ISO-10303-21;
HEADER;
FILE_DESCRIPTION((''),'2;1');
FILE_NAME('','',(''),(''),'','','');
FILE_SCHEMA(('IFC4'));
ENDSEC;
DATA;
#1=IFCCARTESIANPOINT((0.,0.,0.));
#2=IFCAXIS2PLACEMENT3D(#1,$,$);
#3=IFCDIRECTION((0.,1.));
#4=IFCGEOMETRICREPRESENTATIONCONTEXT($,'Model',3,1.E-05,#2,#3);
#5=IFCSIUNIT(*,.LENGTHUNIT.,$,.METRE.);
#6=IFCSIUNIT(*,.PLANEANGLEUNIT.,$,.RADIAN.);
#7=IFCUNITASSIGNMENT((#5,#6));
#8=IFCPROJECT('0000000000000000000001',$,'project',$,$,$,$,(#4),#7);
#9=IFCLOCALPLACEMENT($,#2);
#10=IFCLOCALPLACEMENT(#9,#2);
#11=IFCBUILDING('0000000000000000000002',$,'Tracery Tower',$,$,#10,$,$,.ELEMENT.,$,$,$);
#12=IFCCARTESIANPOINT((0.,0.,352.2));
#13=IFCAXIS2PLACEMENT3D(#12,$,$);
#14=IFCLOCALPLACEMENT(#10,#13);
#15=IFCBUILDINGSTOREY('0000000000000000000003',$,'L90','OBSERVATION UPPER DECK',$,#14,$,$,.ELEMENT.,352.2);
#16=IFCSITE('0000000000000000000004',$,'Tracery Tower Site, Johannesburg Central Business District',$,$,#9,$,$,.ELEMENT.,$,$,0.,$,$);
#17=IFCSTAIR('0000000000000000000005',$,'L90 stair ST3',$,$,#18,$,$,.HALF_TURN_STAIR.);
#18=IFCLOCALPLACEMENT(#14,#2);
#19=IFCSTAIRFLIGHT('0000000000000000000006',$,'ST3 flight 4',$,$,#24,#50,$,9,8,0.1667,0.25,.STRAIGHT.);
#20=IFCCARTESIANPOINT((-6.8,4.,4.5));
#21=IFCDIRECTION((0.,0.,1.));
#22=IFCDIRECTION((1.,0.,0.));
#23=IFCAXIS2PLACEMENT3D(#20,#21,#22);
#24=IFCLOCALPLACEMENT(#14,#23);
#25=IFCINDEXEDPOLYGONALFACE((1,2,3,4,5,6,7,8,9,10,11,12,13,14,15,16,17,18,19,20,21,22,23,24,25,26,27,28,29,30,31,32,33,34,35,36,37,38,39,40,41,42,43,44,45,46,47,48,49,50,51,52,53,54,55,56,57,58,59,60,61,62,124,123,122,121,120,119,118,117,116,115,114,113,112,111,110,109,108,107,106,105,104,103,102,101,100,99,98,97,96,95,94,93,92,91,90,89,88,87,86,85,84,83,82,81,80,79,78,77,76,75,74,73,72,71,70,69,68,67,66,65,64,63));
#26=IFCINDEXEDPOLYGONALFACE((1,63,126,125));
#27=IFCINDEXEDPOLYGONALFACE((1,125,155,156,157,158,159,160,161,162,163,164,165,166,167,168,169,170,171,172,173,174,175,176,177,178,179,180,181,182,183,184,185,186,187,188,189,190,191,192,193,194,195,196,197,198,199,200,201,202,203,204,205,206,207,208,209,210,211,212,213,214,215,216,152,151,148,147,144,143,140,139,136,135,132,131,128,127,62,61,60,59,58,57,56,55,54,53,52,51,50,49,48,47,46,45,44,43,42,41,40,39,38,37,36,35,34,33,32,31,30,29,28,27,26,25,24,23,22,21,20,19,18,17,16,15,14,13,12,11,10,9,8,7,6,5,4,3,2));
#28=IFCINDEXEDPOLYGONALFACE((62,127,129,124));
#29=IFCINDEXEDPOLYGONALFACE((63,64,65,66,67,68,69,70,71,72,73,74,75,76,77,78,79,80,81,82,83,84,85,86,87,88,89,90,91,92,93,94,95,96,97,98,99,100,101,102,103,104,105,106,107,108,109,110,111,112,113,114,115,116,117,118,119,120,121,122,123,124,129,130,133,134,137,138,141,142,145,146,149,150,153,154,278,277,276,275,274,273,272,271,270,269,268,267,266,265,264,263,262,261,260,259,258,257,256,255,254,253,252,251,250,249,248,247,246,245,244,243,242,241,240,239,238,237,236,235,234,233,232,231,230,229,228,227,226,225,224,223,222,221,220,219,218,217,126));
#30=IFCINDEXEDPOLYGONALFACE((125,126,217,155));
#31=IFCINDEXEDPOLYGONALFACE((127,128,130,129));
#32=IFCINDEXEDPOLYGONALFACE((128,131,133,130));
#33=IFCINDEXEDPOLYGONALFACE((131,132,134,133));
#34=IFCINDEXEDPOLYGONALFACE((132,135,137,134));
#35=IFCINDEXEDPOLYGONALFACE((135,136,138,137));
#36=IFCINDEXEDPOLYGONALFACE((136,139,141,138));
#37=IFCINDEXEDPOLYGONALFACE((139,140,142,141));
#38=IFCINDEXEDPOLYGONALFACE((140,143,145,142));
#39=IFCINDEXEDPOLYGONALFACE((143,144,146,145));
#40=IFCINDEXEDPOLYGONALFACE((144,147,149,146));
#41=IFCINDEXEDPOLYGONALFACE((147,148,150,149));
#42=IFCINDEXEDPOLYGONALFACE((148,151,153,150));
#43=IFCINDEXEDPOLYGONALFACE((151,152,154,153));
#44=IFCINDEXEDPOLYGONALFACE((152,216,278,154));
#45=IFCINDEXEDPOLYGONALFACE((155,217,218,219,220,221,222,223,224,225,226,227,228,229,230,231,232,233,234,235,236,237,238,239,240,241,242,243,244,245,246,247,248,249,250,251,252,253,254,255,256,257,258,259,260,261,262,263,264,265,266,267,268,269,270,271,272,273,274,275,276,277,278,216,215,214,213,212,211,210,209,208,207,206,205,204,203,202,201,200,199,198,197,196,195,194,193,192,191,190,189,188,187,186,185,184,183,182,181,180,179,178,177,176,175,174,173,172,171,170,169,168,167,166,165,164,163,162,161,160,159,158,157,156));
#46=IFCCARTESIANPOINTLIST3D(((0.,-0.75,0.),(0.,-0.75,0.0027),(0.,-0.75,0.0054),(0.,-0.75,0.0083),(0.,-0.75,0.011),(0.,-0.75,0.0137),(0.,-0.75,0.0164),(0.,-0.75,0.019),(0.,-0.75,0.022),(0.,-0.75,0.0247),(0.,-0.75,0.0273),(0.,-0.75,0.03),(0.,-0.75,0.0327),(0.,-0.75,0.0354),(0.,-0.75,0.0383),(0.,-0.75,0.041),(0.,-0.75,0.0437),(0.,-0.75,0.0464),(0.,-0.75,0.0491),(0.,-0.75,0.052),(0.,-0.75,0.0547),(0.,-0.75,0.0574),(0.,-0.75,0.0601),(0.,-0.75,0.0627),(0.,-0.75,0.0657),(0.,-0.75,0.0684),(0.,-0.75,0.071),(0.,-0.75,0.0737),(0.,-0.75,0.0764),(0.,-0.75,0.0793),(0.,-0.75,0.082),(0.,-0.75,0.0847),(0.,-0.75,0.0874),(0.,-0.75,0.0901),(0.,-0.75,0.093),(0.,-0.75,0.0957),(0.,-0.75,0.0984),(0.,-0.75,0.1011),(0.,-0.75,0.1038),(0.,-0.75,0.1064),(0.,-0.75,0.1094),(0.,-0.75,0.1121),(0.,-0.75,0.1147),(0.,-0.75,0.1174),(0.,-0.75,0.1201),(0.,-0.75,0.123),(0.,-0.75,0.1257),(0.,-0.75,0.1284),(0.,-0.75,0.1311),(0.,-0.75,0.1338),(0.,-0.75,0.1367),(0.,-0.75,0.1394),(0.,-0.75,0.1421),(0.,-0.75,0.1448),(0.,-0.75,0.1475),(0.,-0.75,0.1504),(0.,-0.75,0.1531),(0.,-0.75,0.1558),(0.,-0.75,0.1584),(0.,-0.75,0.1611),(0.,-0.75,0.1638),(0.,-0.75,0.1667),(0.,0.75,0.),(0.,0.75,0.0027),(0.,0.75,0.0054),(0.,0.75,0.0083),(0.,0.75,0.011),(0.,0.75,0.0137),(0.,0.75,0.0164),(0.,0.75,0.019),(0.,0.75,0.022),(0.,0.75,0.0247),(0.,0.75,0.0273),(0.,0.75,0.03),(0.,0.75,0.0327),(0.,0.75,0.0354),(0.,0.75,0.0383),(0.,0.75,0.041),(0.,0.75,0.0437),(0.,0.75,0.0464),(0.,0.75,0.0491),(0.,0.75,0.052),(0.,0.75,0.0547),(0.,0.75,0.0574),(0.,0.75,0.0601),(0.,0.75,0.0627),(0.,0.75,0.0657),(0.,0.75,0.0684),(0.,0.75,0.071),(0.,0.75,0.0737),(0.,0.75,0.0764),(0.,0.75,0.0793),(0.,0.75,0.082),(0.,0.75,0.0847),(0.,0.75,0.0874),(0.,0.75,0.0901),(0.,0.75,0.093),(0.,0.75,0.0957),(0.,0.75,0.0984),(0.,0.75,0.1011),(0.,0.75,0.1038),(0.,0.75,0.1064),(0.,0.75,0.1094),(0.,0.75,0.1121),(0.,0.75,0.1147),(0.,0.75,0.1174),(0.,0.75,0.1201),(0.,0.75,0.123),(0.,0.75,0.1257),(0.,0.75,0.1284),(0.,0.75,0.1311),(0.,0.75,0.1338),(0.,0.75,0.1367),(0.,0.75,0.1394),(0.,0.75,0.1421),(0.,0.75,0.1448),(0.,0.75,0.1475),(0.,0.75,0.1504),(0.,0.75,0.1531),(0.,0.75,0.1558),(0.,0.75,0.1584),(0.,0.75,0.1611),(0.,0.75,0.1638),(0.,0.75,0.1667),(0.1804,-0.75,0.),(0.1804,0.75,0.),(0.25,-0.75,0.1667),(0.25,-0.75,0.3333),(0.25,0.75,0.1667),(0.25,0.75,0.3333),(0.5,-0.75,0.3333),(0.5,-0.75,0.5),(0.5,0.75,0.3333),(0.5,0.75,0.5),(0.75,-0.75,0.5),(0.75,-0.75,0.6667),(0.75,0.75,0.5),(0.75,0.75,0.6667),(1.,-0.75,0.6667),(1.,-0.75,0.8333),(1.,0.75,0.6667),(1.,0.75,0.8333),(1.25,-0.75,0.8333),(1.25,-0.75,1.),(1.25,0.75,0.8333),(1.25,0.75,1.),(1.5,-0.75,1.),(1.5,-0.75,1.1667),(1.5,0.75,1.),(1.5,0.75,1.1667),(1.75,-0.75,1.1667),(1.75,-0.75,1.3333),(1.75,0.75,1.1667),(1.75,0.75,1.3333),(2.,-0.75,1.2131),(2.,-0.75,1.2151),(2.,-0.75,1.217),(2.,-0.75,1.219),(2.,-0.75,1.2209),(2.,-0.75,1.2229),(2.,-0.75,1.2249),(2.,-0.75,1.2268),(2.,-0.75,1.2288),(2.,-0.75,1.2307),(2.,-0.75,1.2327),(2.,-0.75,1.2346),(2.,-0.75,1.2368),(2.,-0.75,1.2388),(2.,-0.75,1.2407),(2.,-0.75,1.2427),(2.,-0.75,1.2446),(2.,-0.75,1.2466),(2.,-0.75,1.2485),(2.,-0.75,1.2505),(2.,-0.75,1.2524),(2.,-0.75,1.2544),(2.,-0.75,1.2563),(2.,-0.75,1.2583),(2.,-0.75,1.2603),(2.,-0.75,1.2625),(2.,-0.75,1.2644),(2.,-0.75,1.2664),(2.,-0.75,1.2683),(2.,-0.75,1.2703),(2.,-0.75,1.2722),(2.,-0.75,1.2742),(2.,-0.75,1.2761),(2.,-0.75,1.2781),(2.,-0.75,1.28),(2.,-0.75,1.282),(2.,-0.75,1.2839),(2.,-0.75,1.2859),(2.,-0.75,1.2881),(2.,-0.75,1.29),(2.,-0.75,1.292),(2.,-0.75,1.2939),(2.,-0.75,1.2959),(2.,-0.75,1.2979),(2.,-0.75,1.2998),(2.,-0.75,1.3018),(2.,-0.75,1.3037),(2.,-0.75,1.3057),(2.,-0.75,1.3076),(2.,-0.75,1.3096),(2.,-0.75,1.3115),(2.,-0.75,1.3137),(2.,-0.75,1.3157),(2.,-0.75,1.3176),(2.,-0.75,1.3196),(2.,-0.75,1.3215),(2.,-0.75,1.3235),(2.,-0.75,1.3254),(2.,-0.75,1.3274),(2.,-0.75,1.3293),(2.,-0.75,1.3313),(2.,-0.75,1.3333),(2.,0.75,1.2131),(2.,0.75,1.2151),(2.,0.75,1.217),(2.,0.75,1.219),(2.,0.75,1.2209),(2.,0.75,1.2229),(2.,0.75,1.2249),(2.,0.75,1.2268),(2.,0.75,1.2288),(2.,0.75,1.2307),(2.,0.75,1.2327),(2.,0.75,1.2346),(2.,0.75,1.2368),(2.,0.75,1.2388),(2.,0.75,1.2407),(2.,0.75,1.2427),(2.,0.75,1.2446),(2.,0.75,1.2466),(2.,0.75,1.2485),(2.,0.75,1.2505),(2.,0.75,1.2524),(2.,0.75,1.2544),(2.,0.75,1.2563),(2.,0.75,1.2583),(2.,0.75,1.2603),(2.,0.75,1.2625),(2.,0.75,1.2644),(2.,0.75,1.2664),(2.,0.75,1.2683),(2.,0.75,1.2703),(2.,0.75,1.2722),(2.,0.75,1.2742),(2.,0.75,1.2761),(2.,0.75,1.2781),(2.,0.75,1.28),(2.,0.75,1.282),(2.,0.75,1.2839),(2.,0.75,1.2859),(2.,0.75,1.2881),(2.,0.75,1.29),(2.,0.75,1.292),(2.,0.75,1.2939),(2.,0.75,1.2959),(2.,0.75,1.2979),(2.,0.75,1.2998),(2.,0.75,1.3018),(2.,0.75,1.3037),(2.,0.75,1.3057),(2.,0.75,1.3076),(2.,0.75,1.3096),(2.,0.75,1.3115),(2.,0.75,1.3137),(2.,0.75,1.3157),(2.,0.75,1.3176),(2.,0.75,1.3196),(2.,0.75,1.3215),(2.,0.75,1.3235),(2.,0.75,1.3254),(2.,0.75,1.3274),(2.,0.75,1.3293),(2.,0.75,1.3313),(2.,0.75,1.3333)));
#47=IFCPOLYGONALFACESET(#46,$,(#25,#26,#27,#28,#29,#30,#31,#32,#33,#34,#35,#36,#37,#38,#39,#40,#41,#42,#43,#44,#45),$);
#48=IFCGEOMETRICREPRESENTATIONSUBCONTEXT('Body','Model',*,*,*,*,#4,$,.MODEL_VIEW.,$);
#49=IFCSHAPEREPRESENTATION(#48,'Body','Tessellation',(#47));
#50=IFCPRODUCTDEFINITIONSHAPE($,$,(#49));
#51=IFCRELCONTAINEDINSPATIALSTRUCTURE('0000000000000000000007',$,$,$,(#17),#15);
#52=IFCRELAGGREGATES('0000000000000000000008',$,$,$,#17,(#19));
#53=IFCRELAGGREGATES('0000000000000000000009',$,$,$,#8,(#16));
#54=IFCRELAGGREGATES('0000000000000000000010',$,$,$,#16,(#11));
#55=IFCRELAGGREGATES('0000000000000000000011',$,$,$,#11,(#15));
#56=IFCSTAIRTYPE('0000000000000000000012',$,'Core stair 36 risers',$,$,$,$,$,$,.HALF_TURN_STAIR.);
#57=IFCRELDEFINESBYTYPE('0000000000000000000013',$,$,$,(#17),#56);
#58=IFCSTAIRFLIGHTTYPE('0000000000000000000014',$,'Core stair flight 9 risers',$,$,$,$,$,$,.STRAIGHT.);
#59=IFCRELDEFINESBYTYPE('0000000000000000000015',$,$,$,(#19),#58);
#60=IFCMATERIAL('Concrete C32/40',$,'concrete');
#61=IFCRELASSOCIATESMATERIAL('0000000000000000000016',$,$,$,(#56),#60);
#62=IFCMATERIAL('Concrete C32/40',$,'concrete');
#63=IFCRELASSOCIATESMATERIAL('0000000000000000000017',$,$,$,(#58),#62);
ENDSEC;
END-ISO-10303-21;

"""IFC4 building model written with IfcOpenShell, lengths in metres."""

from ifc_helpers import new_model, si_unit, direction, frame, origin, place, context, subcontext, project, spatial, polyline, outline, extrude, material, type_object, element, aggregate, save


model = new_model("IFC4")

# Units and contexts
model_context = context("Model", 3, precision=1e-05, world=origin(), true_north=direction((0.0, 1.0)))
body_context = subcontext(model_context, "Body", "Model", "MODEL_VIEW")
ifc_project = project(units=[si_unit("LENGTHUNIT", "METRE"), si_unit("PLANEANGLEUNIT", "RADIAN")], contexts=[model_context])

# Site, building, storey
site_placement = place(None, origin())
site = spatial("IfcSite", under=ifc_project, at=site_placement, Name="Tracery Tower Site, Johannesburg Central Business District", CompositionType="ELEMENT", RefElevation=0.0)
building_placement = place(site_placement, origin())
building = spatial("IfcBuilding", under=site, at=building_placement, Name="Tracery Tower", CompositionType="ELEMENT")
storey_placement = place(building_placement, frame((0.0, 0.0, 352.2)))
storey = spatial("IfcBuildingStorey", under=building, at=storey_placement, Name="L90", Description="OBSERVATION UPPER DECK", CompositionType="ELEMENT", Elevation=352.2)

# Shared definitions
ifc_material_1 = material(Name="Concrete C32/40", Category="concrete")
stair_type = type_object("IfcStairType", Name="Core stair 36 risers", PredefinedType="HALF_TURN_STAIR", material=ifc_material_1)

# Stair, stair flight
stair_1_placement = place(storey_placement, origin())
stair_1 = element("IfcStair", 1, at=stair_1_placement, inside=storey, type_object=stair_type, Name="L90 stair ST3", PredefinedType="HALF_TURN_STAIR")
ifc_material_2 = material(Name="Concrete C32/40", Category="concrete")
stair_flight_type = type_object("IfcStairFlightType", Name="Core stair flight 9 risers", PredefinedType="STRAIGHT", material=ifc_material_2)
stair_flight_1_placement = place(storey_placement, frame((-6.8, 4.0, 4.5), z_axis=(0.0, 0.0, 1.0), x_axis=(1.0, 0.0, 0.0)))
stair_flight_1 = element("IfcStairFlight", 2, at=stair_flight_1_placement, type_object=stair_flight_type, Name="ST3 flight 4", NumberOfRisers=9, NumberOfTreads=8, PredefinedType="STRAIGHT", RiserHeight=0.1667, TreadLength=0.25, context=body_context, shape_type="SweptSolid", body=[
    extrude(outline(polyline([(0.0, 0.0), (0.0, 0.0027), (0.0, 0.0054), (0.0, 0.0083), (0.0, 0.011), (0.0, 0.0137), (0.0, 0.0164), (0.0, 0.019), (0.0, 0.022), (0.0, 0.0247), (0.0, 0.0273), (0.0, 0.03), (0.0, 0.0327), (0.0, 0.0354), (0.0, 0.0383), (0.0, 0.041), (0.0, 0.0437), (0.0, 0.0464), (0.0, 0.0491), (0.0, 0.052), (0.0, 0.0547), (0.0, 0.0574), (0.0, 0.0601), (0.0, 0.0627), (0.0, 0.0657), (0.0, 0.0684), (0.0, 0.071), (0.0, 0.0737), (0.0, 0.0764), (0.0, 0.0793), (0.0, 0.082), (0.0, 0.0847), (0.0, 0.0874), (0.0, 0.0901), (0.0, 0.093), (0.0, 0.0957), (0.0, 0.0984), (0.0, 0.1011), (0.0, 0.1038), (0.0, 0.1064), (0.0, 0.1094), (0.0, 0.1121), (0.0, 0.1147), (0.0, 0.1174), (0.0, 0.1201), (0.0, 0.123), (0.0, 0.1257), (0.0, 0.1284), (0.0, 0.1311), (0.0, 0.1338), (0.0, 0.1367), (0.0, 0.1394), (0.0, 0.1421), (0.0, 0.1448), (0.0, 0.1475), (0.0, 0.1504), (0.0, 0.1531), (0.0, 0.1558), (0.0, 0.1584), (0.0, 0.1611), (0.0, 0.1638), (0.0, 0.1667), (0.25, 0.1667), (0.25, 0.3333), (0.5, 0.3333), (0.5, 0.5), (0.75, 0.5), (0.75, 0.6667), (1.0, 0.6667), (1.0, 0.8333), (1.25, 0.8333), (1.25, 1.0), (1.5, 1.0), (1.5, 1.1667), (1.75, 1.1667), (1.75, 1.3333), (2.0, 1.3333), (2.0, 1.3313), (2.0, 1.3293), (2.0, 1.3274), (2.0, 1.3254), (2.0, 1.3235), (2.0, 1.3215), (2.0, 1.3196), (2.0, 1.3176), (2.0, 1.3157), (2.0, 1.3137), (2.0, 1.3115), (2.0, 1.3096), (2.0, 1.3076), (2.0, 1.3057), (2.0, 1.3037), (2.0, 1.3018), (2.0, 1.2998), (2.0, 1.2979), (2.0, 1.2959), (2.0, 1.2939), (2.0, 1.292), (2.0, 1.29), (2.0, 1.2881), (2.0, 1.2859), (2.0, 1.2839), (2.0, 1.282), (2.0, 1.28), (2.0, 1.2781), (2.0, 1.2761), (2.0, 1.2742), (2.0, 1.2722), (2.0, 1.2703), (2.0, 1.2683), (2.0, 1.2664), (2.0, 1.2644), (2.0, 1.2625), (2.0, 1.2603), (2.0, 1.2583), (2.0, 1.2563), (2.0, 1.2544), (2.0, 1.2524), (2.0, 1.2505), (2.0, 1.2485), (2.0, 1.2466), (2.0, 1.2446), (2.0, 1.2427), (2.0, 1.2407), (2.0, 1.2388), (2.0, 1.2368), (2.0, 1.2346), (2.0, 1.2327), (2.0, 1.2307), (2.0, 1.2288), (2.0, 1.2268), (2.0, 1.2249), (2.0, 1.2229), (2.0, 1.2209), (2.0, 1.219), (2.0, 1.217), (2.0, 1.2151), (2.0, 1.2131), (0.1804, 0.0), (0.0, 0.0)])), frame((0.0, 0.75, 0.0), z_axis=(0.0, -1.0, 0.0), x_axis=(1.0, 0.0, 0.0)), (0.0, 0.0, 1.0), 1.5),
])
aggregate(stair_1, [stair_flight_1])

save(model, "model.ifc")
